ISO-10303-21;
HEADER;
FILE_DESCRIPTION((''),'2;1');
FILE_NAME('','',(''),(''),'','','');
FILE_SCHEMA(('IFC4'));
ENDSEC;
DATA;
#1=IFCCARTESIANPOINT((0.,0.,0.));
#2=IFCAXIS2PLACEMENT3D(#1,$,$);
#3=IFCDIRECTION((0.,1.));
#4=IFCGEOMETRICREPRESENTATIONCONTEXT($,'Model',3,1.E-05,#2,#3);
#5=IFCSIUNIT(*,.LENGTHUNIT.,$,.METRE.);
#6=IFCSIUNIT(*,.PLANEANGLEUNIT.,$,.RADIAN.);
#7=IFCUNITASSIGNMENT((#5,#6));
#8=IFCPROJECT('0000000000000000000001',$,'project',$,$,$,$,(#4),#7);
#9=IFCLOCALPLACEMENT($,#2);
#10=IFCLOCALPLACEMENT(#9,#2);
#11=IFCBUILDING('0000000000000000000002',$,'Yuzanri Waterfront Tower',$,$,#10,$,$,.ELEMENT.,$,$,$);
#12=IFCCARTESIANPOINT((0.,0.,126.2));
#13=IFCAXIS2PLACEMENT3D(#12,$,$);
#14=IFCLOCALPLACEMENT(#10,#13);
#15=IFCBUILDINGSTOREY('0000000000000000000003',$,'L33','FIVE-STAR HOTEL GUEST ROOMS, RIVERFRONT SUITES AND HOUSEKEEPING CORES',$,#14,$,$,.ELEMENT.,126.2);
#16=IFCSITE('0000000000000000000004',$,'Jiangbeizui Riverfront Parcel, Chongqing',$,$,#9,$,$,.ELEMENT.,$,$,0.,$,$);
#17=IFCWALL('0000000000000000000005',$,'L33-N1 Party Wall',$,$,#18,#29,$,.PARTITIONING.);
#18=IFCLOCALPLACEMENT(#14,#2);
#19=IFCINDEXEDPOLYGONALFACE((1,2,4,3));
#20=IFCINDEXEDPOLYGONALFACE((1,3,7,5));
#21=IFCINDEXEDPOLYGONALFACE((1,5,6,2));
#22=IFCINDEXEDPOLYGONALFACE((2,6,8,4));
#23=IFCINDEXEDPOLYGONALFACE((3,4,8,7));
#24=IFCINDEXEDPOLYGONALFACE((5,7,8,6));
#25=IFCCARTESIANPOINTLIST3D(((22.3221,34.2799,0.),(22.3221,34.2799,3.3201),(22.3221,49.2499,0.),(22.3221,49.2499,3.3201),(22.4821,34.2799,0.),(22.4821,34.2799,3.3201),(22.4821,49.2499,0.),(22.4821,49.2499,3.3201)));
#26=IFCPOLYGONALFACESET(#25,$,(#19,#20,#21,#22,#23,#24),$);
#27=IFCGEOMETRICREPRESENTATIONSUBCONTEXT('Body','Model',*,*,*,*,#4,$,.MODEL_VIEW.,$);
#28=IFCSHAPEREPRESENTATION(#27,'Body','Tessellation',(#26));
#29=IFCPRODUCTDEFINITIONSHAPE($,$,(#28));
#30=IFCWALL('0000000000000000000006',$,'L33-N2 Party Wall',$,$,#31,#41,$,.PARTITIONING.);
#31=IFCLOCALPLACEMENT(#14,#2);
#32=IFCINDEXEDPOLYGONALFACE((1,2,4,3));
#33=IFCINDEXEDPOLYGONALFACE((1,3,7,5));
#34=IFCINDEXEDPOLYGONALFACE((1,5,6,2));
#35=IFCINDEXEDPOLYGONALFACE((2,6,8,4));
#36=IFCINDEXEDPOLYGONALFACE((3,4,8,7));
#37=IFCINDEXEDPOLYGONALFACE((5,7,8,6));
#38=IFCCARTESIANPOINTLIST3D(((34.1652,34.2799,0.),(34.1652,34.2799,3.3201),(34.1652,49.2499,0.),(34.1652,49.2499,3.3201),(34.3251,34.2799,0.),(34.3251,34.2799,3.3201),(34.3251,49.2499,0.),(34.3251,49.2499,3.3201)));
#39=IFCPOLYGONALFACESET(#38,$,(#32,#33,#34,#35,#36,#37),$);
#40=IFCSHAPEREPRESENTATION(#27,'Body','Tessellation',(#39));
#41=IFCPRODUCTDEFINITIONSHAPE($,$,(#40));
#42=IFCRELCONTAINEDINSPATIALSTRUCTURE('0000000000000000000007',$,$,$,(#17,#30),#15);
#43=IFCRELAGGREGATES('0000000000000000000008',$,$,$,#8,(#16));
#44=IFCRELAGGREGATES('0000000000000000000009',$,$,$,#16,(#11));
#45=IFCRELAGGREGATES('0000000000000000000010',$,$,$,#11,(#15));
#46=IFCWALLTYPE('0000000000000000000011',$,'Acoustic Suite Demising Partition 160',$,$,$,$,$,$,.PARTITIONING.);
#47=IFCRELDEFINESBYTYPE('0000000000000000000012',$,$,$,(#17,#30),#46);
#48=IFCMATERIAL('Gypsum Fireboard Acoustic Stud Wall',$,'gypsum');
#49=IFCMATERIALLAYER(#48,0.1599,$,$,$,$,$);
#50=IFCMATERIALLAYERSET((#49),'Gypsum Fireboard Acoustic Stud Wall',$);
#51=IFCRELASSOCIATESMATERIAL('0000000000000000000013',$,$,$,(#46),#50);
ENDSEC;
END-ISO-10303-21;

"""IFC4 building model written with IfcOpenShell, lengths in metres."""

from ifc_helpers import new_model, si_unit, direction, frame, frame_2d, origin, place, context, subcontext, project, spatial, rectangle, extrude, source, transform, mapped, material, layer, layer_set, type_object, element, save


model = new_model("IFC4")

# Units and contexts
model_context = context("Model", 3, precision=1e-05, world=origin(), true_north=direction((0.0, 1.0)))
body_context = subcontext(model_context, "Body", "Model", "MODEL_VIEW")
ifc_project = project(units=[si_unit("LENGTHUNIT", "METRE"), si_unit("PLANEANGLEUNIT", "RADIAN")], contexts=[model_context])

# Site, building, storey
site_placement = place(None, origin())
site = spatial("IfcSite", under=ifc_project, at=site_placement, Name="Jiangbeizui Riverfront Parcel, Chongqing", CompositionType="ELEMENT", RefElevation=0.0)
building_placement = place(site_placement, origin())
building = spatial("IfcBuilding", under=site, at=building_placement, Name="Yuzanri Waterfront Tower", CompositionType="ELEMENT")
storey_placement = place(building_placement, frame((0.0, 0.0, 126.2)))
storey = spatial("IfcBuildingStorey", under=building, at=storey_placement, Name="L33", Description="FIVE-STAR HOTEL GUEST ROOMS, RIVERFRONT SUITES AND HOUSEKEEPING CORES", CompositionType="ELEMENT", Elevation=126.2)

# Walls
ifc_material_1 = material(Name="Gypsum Fireboard Acoustic Stud Wall", Category="gypsum")
ifc_layer_1 = layer(ifc_material_1, 0.1599)
ifc_layer_set_1 = layer_set([ifc_layer_1], Name="Gypsum Fireboard Acoustic Stud Wall")
wall_type_1 = type_object("IfcWallType", Name="Acoustic Suite Demising Partition 160", PredefinedType="PARTITIONING", material=ifc_layer_set_1)
shared_shape_1 = source(origin(), body_context, "Body", "SweptSolid", [
    extrude(rectangle(XDim=14.97, YDim=0.1599, at=frame_2d((7.4849, 0.0))), origin(), (0.0, 0.0, 1.0), 3.3201),
])
for number, where, z_axis, x_axis, name in (
    (1, (22.4021, 34.28, 0.0), (0.0, 0.0, 1.0), (0.0, 1.0, 0.0), "L33-N1 Party Wall"),
    (2, (34.2451, 34.28, 0.0), (0.0, 0.0, 1.0), (0.0, 1.0, 0.0), "L33-N2 Party Wall"),
):
    element("IfcWall", number, at=place(storey_placement, frame(where, z_axis=z_axis, x_axis=x_axis)), inside=storey, type_object=wall_type_1, Name=name, PredefinedType="PARTITIONING", context=body_context, shape_type="MappedRepresentation", body=[
        mapped(shared_shape_1, transform((0.0, 0.0, 0.0), scale=1.0)),
    ])

save(model, "model.ifc")
